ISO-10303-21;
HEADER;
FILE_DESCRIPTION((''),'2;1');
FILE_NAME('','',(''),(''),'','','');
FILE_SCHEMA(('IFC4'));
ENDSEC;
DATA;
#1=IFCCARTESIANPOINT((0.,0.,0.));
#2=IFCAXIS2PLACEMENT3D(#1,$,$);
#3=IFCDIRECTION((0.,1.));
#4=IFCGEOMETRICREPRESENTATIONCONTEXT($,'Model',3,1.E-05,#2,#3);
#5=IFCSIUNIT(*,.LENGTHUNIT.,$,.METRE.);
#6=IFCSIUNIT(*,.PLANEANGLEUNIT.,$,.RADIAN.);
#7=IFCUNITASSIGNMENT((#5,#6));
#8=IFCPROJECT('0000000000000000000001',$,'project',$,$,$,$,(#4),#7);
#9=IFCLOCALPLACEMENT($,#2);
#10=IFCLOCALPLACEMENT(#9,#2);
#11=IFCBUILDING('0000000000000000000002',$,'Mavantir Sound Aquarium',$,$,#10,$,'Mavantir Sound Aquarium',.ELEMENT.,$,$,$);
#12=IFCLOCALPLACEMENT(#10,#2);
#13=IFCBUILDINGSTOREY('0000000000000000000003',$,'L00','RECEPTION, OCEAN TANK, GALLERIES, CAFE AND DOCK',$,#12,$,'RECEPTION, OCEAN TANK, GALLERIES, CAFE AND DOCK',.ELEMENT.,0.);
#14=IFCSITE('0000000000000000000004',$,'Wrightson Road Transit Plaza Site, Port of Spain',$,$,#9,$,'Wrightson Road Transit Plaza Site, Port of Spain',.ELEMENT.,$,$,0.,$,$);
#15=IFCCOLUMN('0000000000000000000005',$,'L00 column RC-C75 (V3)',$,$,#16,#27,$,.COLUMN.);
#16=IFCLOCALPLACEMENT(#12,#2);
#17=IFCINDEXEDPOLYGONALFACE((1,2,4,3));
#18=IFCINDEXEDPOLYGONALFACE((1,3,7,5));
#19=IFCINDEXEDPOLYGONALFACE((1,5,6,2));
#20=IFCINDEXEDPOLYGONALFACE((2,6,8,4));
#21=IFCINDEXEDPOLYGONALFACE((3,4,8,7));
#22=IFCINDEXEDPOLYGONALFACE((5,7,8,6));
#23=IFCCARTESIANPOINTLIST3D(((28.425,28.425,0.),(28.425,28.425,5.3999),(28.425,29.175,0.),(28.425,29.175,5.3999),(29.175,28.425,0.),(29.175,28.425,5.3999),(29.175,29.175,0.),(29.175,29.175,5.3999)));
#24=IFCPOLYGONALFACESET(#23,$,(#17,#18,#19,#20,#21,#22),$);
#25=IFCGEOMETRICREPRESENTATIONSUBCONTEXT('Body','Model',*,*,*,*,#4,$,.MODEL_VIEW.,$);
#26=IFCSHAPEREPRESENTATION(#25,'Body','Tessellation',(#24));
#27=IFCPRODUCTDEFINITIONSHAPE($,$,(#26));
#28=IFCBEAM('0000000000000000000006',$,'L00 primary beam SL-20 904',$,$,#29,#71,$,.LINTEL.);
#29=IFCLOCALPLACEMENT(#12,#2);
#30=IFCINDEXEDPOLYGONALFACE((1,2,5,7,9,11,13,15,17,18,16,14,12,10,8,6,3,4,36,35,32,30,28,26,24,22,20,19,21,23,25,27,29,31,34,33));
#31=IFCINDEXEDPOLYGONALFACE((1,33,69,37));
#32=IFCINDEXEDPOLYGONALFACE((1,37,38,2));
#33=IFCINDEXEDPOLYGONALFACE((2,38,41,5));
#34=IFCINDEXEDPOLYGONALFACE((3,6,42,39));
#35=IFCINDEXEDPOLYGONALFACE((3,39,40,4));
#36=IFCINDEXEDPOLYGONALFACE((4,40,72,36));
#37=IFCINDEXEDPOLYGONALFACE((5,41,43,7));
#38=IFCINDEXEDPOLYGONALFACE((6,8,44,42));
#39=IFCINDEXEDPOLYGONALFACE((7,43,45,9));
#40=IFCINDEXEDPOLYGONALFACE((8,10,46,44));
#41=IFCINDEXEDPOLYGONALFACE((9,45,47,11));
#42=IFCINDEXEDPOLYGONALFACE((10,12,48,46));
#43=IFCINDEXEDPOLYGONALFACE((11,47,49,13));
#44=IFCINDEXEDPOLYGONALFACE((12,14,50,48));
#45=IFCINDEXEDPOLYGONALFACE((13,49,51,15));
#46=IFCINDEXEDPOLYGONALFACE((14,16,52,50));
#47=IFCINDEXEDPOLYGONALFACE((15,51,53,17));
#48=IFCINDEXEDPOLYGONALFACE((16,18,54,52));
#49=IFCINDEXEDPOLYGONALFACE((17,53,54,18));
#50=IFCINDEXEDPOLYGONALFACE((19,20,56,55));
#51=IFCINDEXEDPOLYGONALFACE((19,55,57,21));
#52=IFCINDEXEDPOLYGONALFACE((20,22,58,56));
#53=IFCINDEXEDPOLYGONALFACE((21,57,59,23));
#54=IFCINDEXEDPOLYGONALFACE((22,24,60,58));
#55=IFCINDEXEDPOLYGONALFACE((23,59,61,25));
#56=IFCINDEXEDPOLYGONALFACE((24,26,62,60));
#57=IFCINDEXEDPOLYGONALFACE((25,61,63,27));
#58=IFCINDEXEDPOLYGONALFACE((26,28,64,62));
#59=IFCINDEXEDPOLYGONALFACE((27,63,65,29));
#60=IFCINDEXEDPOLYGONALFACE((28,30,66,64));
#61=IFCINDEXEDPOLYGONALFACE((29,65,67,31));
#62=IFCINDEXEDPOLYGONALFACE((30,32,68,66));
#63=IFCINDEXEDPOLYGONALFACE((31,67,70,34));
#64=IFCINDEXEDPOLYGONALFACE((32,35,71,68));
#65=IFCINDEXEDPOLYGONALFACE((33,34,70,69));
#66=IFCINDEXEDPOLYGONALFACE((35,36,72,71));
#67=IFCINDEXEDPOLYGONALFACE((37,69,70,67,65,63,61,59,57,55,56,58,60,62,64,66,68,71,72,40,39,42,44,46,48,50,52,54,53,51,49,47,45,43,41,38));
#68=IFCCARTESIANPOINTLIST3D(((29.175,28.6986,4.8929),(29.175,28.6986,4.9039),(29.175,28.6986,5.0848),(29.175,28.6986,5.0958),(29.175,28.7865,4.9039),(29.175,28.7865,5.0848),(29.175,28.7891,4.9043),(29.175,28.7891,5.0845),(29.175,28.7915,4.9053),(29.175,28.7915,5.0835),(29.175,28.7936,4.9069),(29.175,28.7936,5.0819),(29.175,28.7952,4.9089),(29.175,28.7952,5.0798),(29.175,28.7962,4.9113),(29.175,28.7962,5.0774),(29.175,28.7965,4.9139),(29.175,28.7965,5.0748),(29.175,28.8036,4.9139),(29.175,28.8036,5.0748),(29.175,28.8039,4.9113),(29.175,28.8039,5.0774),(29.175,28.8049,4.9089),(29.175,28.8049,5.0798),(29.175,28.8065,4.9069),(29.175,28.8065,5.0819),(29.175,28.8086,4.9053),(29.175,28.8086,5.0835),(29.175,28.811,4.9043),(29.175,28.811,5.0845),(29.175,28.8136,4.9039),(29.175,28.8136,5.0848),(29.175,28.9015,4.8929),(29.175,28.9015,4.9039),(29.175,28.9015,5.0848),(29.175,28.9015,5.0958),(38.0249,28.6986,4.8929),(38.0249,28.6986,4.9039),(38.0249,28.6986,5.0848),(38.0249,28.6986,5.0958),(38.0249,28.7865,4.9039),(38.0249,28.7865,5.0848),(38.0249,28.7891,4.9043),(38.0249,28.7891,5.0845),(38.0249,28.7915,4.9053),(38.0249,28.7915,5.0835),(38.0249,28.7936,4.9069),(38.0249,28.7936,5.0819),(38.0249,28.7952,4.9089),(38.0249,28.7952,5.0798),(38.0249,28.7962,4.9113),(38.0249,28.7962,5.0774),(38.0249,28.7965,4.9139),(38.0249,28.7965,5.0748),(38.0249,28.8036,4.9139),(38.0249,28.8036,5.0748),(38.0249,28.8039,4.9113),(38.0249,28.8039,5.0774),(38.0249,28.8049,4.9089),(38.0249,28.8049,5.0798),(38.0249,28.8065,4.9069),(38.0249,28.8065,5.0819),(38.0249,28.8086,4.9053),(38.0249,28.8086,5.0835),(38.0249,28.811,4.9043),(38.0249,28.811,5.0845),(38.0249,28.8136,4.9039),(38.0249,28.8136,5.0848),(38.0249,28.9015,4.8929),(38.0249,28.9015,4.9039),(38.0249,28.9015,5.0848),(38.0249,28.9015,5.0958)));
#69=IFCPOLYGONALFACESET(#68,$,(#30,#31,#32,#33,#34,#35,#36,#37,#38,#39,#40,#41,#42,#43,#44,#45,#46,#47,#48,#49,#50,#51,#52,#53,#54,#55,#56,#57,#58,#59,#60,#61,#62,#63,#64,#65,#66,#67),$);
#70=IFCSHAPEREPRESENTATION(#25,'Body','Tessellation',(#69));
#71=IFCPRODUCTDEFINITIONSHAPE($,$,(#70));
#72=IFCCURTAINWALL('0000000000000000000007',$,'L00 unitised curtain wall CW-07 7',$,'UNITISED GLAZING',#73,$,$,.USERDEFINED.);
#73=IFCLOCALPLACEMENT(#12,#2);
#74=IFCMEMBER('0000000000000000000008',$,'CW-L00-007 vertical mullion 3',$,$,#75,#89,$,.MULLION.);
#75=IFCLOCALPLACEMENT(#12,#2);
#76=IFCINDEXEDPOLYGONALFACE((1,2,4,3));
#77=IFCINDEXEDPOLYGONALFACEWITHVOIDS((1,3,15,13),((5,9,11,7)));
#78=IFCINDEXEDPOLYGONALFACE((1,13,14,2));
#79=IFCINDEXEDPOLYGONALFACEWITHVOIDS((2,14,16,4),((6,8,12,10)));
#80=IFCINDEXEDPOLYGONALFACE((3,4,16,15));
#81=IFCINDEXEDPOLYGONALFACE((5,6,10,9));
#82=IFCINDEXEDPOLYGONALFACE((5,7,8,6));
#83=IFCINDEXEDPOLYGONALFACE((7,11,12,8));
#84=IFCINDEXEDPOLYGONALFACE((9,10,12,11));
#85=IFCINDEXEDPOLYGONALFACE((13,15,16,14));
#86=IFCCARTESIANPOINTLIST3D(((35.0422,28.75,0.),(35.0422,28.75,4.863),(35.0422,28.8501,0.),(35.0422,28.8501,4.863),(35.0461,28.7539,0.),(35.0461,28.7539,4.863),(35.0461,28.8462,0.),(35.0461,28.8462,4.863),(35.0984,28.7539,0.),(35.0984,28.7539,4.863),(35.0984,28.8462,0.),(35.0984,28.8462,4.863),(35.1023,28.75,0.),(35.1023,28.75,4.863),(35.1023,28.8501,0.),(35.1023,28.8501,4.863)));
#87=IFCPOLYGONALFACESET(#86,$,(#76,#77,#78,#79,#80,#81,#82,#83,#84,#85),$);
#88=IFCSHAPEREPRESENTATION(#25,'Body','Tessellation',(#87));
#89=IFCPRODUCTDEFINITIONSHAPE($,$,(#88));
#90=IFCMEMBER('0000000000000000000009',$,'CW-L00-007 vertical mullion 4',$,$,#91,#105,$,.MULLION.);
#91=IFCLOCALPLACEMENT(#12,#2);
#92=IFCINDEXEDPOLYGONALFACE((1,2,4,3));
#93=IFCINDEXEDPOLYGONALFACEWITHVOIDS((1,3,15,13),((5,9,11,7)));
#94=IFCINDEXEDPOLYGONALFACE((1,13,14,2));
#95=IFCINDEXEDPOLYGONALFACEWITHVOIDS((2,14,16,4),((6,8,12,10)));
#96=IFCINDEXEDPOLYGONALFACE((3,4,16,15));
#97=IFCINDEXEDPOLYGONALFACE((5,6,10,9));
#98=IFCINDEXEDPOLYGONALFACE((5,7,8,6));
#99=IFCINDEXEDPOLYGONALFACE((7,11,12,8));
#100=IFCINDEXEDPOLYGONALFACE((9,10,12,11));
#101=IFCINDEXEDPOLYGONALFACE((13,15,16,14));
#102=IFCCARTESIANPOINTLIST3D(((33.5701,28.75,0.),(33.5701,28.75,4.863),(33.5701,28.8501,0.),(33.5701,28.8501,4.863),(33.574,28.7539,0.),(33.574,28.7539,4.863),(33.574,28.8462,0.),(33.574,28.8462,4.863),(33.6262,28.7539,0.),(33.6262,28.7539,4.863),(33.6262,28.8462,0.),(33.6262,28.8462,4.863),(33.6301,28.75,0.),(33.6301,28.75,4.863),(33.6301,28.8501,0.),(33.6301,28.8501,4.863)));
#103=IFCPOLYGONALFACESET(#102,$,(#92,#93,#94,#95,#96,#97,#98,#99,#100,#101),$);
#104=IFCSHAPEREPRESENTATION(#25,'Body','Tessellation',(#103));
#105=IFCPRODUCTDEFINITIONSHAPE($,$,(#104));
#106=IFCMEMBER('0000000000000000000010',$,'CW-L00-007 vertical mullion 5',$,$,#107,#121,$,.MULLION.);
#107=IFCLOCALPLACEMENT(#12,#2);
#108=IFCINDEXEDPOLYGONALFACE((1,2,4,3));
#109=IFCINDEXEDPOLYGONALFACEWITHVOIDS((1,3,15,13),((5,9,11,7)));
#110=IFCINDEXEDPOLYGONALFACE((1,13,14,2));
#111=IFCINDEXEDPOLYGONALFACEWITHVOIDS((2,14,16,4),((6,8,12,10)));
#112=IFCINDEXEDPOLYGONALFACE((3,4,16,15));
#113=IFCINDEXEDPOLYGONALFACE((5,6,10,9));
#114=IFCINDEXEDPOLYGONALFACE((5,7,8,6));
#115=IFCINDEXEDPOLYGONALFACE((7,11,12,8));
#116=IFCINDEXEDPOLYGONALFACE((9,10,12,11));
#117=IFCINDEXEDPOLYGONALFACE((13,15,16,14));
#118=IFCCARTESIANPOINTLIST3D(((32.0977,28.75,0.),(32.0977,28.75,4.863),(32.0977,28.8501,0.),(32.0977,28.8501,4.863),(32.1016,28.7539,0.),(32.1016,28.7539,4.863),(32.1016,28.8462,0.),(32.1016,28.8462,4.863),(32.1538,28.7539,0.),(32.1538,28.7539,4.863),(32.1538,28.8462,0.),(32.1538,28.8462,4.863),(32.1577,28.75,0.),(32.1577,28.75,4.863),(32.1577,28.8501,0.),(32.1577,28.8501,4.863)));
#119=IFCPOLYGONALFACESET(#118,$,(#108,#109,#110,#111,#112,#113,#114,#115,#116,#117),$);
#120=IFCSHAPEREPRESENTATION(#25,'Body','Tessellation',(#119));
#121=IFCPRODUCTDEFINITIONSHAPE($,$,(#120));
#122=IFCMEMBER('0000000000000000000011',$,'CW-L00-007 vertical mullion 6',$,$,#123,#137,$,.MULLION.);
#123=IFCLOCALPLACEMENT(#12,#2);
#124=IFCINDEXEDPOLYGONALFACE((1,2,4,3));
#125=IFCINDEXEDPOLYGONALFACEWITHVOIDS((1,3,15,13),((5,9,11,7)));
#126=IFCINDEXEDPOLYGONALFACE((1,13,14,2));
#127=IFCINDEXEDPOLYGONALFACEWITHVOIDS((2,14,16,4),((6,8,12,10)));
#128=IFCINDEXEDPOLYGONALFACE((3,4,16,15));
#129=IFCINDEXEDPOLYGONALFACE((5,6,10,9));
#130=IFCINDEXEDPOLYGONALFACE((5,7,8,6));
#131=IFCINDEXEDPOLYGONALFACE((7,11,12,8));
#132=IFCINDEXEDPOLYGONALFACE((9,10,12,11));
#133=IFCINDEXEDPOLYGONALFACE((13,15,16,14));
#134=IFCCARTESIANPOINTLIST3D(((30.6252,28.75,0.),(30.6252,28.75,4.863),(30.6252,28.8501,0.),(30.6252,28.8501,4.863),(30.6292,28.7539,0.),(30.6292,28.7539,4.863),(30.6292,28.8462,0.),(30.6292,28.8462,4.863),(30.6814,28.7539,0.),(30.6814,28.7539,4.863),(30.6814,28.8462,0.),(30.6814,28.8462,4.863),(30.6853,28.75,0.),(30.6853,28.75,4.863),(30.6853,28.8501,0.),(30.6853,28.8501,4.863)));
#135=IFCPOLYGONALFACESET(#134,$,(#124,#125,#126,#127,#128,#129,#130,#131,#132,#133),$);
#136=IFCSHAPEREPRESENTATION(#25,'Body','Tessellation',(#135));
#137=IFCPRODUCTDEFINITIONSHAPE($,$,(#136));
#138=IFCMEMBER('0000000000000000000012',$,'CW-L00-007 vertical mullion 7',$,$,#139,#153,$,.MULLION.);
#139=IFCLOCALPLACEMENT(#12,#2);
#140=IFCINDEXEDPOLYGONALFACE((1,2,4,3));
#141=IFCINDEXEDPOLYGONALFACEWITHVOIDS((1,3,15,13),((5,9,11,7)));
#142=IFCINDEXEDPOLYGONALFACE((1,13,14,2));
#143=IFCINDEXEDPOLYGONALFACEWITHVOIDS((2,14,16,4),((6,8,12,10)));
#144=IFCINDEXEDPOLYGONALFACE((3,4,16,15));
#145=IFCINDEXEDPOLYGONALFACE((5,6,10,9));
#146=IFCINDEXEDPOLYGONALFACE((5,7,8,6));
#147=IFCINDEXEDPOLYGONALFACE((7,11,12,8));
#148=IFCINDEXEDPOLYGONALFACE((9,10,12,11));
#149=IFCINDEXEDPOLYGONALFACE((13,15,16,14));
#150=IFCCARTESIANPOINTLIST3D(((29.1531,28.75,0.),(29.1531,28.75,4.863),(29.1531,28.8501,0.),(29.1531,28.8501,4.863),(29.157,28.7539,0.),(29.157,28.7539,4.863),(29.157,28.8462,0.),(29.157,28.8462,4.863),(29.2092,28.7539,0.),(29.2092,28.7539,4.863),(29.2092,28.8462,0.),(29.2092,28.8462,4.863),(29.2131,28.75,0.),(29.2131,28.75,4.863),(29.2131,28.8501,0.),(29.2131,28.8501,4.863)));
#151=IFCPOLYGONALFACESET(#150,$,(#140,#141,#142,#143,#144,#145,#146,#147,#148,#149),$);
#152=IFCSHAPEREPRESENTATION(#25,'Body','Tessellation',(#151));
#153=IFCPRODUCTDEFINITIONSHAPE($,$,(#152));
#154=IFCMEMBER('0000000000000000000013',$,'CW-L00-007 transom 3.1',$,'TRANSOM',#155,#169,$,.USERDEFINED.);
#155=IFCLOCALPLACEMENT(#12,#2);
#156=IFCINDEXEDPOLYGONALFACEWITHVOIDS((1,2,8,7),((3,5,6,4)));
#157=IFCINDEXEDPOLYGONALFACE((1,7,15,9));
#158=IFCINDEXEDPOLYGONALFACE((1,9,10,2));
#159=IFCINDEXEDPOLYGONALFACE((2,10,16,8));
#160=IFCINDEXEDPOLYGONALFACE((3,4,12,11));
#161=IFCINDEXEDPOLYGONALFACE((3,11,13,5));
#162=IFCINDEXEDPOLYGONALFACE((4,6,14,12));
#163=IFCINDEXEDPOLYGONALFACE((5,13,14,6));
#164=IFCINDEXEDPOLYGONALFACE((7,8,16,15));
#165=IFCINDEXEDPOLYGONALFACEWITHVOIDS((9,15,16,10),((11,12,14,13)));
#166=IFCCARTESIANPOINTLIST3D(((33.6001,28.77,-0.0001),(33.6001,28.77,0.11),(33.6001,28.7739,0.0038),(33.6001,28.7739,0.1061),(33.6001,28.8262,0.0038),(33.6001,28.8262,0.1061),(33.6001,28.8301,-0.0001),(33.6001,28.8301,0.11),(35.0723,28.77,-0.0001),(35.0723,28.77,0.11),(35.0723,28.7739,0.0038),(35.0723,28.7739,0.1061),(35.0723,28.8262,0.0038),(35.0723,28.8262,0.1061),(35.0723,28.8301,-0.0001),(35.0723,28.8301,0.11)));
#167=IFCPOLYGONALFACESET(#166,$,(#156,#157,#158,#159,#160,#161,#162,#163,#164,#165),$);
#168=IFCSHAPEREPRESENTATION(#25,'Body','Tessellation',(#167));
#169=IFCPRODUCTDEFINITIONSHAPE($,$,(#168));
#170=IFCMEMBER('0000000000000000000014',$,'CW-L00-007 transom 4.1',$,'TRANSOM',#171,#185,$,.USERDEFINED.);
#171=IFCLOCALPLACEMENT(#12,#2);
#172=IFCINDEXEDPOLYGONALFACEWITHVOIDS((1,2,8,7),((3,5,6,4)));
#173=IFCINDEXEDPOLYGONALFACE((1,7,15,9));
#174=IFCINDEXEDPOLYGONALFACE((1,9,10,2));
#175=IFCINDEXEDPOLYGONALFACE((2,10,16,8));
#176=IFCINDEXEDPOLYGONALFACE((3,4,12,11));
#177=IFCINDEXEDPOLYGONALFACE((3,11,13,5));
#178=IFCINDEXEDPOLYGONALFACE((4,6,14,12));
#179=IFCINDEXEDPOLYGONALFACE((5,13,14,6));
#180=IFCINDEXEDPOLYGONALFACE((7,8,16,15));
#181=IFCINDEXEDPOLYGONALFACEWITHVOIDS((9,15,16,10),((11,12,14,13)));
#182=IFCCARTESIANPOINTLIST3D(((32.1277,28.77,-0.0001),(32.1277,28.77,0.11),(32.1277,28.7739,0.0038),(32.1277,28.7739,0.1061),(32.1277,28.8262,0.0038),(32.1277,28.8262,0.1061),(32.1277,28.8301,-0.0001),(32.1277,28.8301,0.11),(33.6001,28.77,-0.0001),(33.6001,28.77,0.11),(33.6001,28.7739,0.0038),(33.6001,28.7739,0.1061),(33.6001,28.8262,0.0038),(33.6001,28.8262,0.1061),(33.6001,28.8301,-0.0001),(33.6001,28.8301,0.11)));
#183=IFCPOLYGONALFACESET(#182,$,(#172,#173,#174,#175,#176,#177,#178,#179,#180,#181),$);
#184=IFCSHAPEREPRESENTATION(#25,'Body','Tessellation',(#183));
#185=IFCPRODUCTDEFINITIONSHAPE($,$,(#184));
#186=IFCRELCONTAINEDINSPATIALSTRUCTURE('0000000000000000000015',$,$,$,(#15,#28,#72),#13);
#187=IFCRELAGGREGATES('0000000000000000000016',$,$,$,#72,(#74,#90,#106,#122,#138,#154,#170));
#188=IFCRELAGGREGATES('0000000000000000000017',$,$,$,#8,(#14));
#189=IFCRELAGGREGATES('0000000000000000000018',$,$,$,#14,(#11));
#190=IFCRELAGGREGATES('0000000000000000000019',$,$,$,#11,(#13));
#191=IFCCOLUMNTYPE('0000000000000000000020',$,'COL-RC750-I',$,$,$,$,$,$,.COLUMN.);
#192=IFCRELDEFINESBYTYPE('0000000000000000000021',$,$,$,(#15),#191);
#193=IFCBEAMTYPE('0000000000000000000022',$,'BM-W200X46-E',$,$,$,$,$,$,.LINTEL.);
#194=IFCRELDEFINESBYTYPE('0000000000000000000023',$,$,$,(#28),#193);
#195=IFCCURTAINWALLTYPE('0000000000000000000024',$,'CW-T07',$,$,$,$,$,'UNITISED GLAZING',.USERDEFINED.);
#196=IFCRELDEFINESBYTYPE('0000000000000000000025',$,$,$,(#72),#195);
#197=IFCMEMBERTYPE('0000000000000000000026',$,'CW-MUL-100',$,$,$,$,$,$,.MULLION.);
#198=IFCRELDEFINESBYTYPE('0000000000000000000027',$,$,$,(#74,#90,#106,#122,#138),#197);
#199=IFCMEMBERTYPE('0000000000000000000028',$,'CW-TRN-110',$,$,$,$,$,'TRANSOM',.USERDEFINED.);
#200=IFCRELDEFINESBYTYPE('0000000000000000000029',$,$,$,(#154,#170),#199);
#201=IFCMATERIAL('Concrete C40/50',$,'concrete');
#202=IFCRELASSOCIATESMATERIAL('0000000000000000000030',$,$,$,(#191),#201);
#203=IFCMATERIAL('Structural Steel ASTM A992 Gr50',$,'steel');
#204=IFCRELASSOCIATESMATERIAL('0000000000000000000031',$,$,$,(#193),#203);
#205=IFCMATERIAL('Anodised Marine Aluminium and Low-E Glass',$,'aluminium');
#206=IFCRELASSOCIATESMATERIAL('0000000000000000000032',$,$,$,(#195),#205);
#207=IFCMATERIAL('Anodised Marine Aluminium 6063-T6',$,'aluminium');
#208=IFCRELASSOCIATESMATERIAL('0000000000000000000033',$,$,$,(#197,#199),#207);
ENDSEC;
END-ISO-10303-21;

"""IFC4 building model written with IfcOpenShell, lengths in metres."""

from ifc_helpers import new_model, si_unit, direction, frame, origin, origin_2d, place, context, subcontext, project, spatial, rectangle, hollow_rectangle, i_section, extrude, material, material_profile, profile_set, type_object, element, aggregate, save


model = new_model("IFC4")

# Units and contexts
model_context = context("Model", 3, precision=1e-05, world=origin(), true_north=direction((0.0, 1.0)))
body_context = subcontext(model_context, "Body", "Model", "MODEL_VIEW")
ifc_project = project(units=[si_unit("LENGTHUNIT", "METRE"), si_unit("PLANEANGLEUNIT", "RADIAN")], contexts=[model_context])

# Site, building, storey
site_placement = place(None, origin())
site = spatial("IfcSite", under=ifc_project, at=site_placement, Name="Wrightson Road Transit Plaza Site, Port of Spain", LongName="Wrightson Road Transit Plaza Site, Port of Spain", CompositionType="ELEMENT", RefElevation=0.0)
building_placement = place(site_placement, origin())
building = spatial("IfcBuilding", under=site, at=building_placement, Name="Mavantir Sound Aquarium", LongName="Mavantir Sound Aquarium", CompositionType="ELEMENT")
storey_placement = place(building_placement, origin())
storey = spatial("IfcBuildingStorey", under=building, at=storey_placement, Name="L00", Description="RECEPTION, OCEAN TANK, GALLERIES, CAFE AND DOCK", LongName="RECEPTION, OCEAN TANK, GALLERIES, CAFE AND DOCK", CompositionType="ELEMENT", Elevation=0.0)

# Column
ifc_material_1 = material(Name="Concrete C40/50", Category="concrete")
ifc_material_profile_1 = material_profile(ifc_material_1, rectangle(XDim=0.75, YDim=0.75, at=origin_2d()), Name="RC 750X750")
ifc_profile_set_1 = profile_set([ifc_material_profile_1], Name="Concrete C40/50")
column_type = type_object("IfcColumnType", Name="COL-RC750-I", PredefinedType="COLUMN", material=ifc_profile_set_1)
column_placement = place(storey_placement, frame((28.8, 28.8, 0.0), z_axis=(0.0, 0.0, 1.0), x_axis=(1.0, 0.0, 0.0)))
element("IfcColumn", 1, at=column_placement, inside=storey, type_object=column_type, Name="L00 column RC-C75 (V3)", PredefinedType="COLUMN", context=body_context, shape_type="SweptSolid", body=[
    extrude(rectangle(XDim=0.75, YDim=0.75, at=origin_2d()), origin(), (0.0, 0.0, 1.0), 5.3999),
])

# Beam
ifc_material_2 = material(Name="Structural Steel ASTM A992 Gr50", Category="steel")
ifc_material_profile_2 = material_profile(ifc_material_2, i_section(OverallWidth=0.2029, OverallDepth=0.2029, WebThickness=0.0071, FlangeThickness=0.011, FilletRadius=0.01, at=origin_2d()), Name="W200X46")
ifc_profile_set_2 = profile_set([ifc_material_profile_2], Name="Structural Steel ASTM A992 Gr50")
beam_type = type_object("IfcBeamType", Name="BM-W200X46-E", PredefinedType="LINTEL", material=ifc_profile_set_2)
beam_placement = place(storey_placement, frame((29.175, 28.8, 4.9944), z_axis=(1.0, 0.0, 0.0), x_axis=(0.0, 1.0, 0.0)))
element("IfcBeam", 2, at=beam_placement, inside=storey, type_object=beam_type, Name="L00 primary beam SL-20 904", PredefinedType="LINTEL", context=body_context, shape_type="SweptSolid", body=[
    extrude(i_section(OverallWidth=0.2029, OverallDepth=0.2029, WebThickness=0.0071, FlangeThickness=0.011, FilletRadius=0.01, at=origin_2d()), origin(), (0.0, 0.0, 1.0), 8.8499),
])

# Curtain wall, members
ifc_material_3 = material(Name="Anodised Marine Aluminium and Low-E Glass", Category="aluminium")
curtain_wall_type_1 = type_object("IfcCurtainWallType", Name="CW-T07", ElementType="UNITISED GLAZING", PredefinedType="USERDEFINED", material=ifc_material_3)
curtain_wall_1_placement = place(storey_placement, origin())
curtain_wall_1 = element("IfcCurtainWall", 3, at=curtain_wall_1_placement, inside=storey, type_object=curtain_wall_type_1, Name="L00 unitised curtain wall CW-07 7", ObjectType="UNITISED GLAZING", PredefinedType="USERDEFINED")
ifc_material_4 = material(Name="Anodised Marine Aluminium 6063-T6", Category="aluminium")
ifc_material_profile_3 = material_profile(ifc_material_4, hollow_rectangle(XDim=0.0601, YDim=0.1001, WallThickness=0.0039, at=origin_2d()), Name="ALU-MULLION-100X60")
ifc_profile_set_3 = profile_set([ifc_material_profile_3], Name="Anodised Marine Aluminium 6063-T6")
member_type_1 = type_object("IfcMemberType", Name="CW-MUL-100", PredefinedType="MULLION", material=ifc_profile_set_3)
member_1_placement = place(storey_placement, frame((35.0723, 28.8, 0.0), z_axis=(0.0, 0.0, 1.0), x_axis=(1.0, 0.0, 0.0)))
member_1 = element("IfcMember", 4, at=member_1_placement, type_object=member_type_1, Name="CW-L00-007 vertical mullion 3", PredefinedType="MULLION", context=body_context, shape_type="SweptSolid", body=[
    extrude(hollow_rectangle(XDim=0.0601, YDim=0.1001, WallThickness=0.0039, at=origin_2d()), origin(), (0.0, 0.0, 1.0), 4.863),
])
member_2_placement = place(storey_placement, frame((33.6001, 28.8, 0.0), z_axis=(0.0, 0.0, 1.0), x_axis=(1.0, 0.0, 0.0)))
member_2 = element("IfcMember", 5, at=member_2_placement, type_object=member_type_1, Name="CW-L00-007 vertical mullion 4", PredefinedType="MULLION", context=body_context, shape_type="SweptSolid", body=[
    extrude(hollow_rectangle(XDim=0.0601, YDim=0.1001, WallThickness=0.0039, at=origin_2d()), origin(), (0.0, 0.0, 1.0), 4.863),
])
member_3_placement = place(storey_placement, frame((32.1277, 28.8, 0.0), z_axis=(0.0, 0.0, 1.0), x_axis=(1.0, 0.0, 0.0)))
member_3 = element("IfcMember", 6, at=member_3_placement, type_object=member_type_1, Name="CW-L00-007 vertical mullion 5", PredefinedType="MULLION", context=body_context, shape_type="SweptSolid", body=[
    extrude(hollow_rectangle(XDim=0.0601, YDim=0.1001, WallThickness=0.0039, at=origin_2d()), origin(), (0.0, 0.0, 1.0), 4.863),
])
member_4_placement = place(storey_placement, frame((30.6553, 28.8, 0.0), z_axis=(0.0, 0.0, 1.0), x_axis=(1.0, 0.0, 0.0)))
member_4 = element("IfcMember", 7, at=member_4_placement, type_object=member_type_1, Name="CW-L00-007 vertical mullion 6", PredefinedType="MULLION", context=body_context, shape_type="SweptSolid", body=[
    extrude(hollow_rectangle(XDim=0.0601, YDim=0.1001, WallThickness=0.0039, at=origin_2d()), origin(), (0.0, 0.0, 1.0), 4.863),
])
member_5_placement = place(storey_placement, frame((29.1831, 28.8, 0.0), z_axis=(0.0, 0.0, 1.0), x_axis=(1.0, 0.0, 0.0)))
member_5 = element("IfcMember", 8, at=member_5_placement, type_object=member_type_1, Name="CW-L00-007 vertical mullion 7", PredefinedType="MULLION", context=body_context, shape_type="SweptSolid", body=[
    extrude(hollow_rectangle(XDim=0.0601, YDim=0.1001, WallThickness=0.0039, at=origin_2d()), origin(), (0.0, 0.0, 1.0), 4.863),
])
ifc_material_profile_4 = material_profile(ifc_material_4, hollow_rectangle(XDim=0.0601, YDim=0.1101, WallThickness=0.0039, at=origin_2d()), Name="ALU-TRANSOM-110X60")
ifc_profile_set_4 = profile_set([ifc_material_profile_4], Name="Anodised Marine Aluminium 6063-T6")
member_type_2 = type_object("IfcMemberType", Name="CW-TRN-110", ElementType="TRANSOM", PredefinedType="USERDEFINED", material=ifc_profile_set_4)
member_6_placement = place(storey_placement, frame((35.0723, 28.8, 0.0549), z_axis=(-1.0, 0.0, 0.0), x_axis=(0.0, -1.0, 0.0)))
member_6 = element("IfcMember", 9, at=member_6_placement, type_object=member_type_2, Name="CW-L00-007 transom 3.1", ObjectType="TRANSOM", PredefinedType="USERDEFINED", context=body_context, shape_type="SweptSolid", body=[
    extrude(hollow_rectangle(XDim=0.0601, YDim=0.1101, WallThickness=0.0039, at=origin_2d()), origin(), (0.0, 0.0, 1.0), 1.4722),
])
member_7_placement = place(storey_placement, frame((33.6001, 28.8, 0.0549), z_axis=(-1.0, 0.0, 0.0), x_axis=(0.0, -1.0, 0.0)))
member_7 = element("IfcMember", 10, at=member_7_placement, type_object=member_type_2, Name="CW-L00-007 transom 4.1", ObjectType="TRANSOM", PredefinedType="USERDEFINED", context=body_context, shape_type="SweptSolid", body=[
    extrude(hollow_rectangle(XDim=0.0601, YDim=0.1101, WallThickness=0.0039, at=origin_2d()), origin(), (0.0, 0.0, 1.0), 1.4724),
])

aggregate(curtain_wall_1, [member_1, member_2, member_3, member_4, member_5, member_6, member_7])

save(model, "model.ifc")
